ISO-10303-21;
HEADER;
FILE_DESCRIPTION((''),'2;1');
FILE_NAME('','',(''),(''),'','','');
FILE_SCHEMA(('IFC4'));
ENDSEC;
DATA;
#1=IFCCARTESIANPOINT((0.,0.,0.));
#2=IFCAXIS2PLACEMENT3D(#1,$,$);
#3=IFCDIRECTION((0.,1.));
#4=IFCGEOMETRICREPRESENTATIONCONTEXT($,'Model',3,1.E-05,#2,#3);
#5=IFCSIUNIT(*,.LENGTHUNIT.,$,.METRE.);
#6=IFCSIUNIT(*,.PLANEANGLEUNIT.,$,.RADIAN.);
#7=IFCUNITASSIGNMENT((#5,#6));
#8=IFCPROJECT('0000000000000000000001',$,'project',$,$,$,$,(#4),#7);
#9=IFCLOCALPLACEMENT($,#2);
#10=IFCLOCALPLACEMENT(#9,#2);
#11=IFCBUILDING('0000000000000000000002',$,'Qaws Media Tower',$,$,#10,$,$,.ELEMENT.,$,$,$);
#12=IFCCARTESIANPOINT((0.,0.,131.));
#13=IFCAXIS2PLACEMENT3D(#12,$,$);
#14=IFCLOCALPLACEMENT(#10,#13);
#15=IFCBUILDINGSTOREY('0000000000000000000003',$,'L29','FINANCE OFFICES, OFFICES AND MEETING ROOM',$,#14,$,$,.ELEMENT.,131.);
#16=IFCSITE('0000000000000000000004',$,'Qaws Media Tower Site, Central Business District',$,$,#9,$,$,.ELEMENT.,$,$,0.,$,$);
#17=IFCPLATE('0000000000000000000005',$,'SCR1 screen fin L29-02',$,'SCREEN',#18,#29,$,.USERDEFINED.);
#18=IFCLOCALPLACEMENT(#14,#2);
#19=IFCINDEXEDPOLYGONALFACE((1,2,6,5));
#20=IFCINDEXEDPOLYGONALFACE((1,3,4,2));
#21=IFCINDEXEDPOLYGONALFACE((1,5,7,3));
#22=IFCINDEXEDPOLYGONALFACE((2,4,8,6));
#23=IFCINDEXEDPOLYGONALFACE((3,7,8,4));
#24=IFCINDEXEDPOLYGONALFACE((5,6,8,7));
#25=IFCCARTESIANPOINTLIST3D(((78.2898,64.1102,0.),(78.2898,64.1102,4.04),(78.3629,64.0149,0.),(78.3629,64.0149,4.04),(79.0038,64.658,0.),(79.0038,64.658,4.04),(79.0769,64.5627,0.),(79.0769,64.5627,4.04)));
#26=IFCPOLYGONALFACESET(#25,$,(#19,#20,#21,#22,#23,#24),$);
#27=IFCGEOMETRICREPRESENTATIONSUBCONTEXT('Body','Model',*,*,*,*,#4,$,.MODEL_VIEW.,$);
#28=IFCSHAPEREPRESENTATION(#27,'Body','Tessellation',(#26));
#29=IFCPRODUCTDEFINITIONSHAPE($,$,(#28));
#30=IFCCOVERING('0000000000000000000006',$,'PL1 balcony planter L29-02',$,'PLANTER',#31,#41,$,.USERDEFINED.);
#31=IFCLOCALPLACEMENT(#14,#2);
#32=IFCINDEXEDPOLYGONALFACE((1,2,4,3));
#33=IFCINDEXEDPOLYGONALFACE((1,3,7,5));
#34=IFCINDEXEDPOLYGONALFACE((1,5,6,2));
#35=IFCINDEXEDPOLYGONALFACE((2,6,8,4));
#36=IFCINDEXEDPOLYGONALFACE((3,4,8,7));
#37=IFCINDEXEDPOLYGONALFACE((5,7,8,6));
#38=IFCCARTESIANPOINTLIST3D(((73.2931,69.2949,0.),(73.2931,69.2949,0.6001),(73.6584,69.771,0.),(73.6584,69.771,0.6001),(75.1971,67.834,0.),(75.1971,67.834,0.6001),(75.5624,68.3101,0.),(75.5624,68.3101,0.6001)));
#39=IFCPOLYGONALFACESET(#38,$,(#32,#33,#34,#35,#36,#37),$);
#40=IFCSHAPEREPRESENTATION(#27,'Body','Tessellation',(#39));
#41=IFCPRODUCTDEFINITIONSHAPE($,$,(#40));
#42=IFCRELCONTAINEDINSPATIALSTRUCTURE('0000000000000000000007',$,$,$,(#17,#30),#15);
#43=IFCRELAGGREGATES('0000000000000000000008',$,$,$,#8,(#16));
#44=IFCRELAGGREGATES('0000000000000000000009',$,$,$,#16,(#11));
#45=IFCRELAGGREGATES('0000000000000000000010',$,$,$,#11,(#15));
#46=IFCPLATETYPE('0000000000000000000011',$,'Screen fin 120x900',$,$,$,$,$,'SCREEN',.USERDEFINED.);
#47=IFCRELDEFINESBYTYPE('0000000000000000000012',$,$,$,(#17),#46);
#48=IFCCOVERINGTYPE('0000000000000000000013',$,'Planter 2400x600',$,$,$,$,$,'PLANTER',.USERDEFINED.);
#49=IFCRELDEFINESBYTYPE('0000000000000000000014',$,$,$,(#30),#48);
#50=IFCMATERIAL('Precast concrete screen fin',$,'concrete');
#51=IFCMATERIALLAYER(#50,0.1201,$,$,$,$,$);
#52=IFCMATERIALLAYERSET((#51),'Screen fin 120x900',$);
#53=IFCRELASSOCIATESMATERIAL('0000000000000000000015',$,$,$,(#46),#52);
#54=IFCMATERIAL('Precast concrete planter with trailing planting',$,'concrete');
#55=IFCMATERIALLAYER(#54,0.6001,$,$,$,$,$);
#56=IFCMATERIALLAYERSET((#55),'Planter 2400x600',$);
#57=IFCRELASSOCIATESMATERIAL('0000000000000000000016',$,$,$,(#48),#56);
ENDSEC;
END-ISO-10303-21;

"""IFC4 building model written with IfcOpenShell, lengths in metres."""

from ifc_helpers import new_model, si_unit, direction, frame, origin, origin_2d, place, context, subcontext, project, spatial, rectangle, extrude, material, layer, layer_set, type_object, element, save


model = new_model("IFC4")

# Units and contexts
model_context = context("Model", 3, precision=1e-05, world=origin(), true_north=direction((0.0, 1.0)))
body_context = subcontext(model_context, "Body", "Model", "MODEL_VIEW")
ifc_project = project(units=[si_unit("LENGTHUNIT", "METRE"), si_unit("PLANEANGLEUNIT", "RADIAN")], contexts=[model_context])

# Site, building, storey
site_placement = place(None, origin())
site = spatial("IfcSite", under=ifc_project, at=site_placement, Name="Qaws Media Tower Site, Central Business District", CompositionType="ELEMENT", RefElevation=0.0)
building_placement = place(site_placement, origin())
building = spatial("IfcBuilding", under=site, at=building_placement, Name="Qaws Media Tower", CompositionType="ELEMENT")
storey_placement = place(building_placement, frame((0.0, 0.0, 131.0)))
storey = spatial("IfcBuildingStorey", under=building, at=storey_placement, Name="L29", Description="FINANCE OFFICES, OFFICES AND MEETING ROOM", CompositionType="ELEMENT", Elevation=131.0)

# Plate
ifc_material_1 = material(Name="Precast concrete screen fin", Category="concrete")
ifc_layer_1 = layer(ifc_material_1, 0.1201)
ifc_layer_set_1 = layer_set([ifc_layer_1], Name="Screen fin 120x900")
plate_type_1 = type_object("IfcPlateType", Name="Screen fin 120x900", ElementType="SCREEN", PredefinedType="USERDEFINED", material=ifc_layer_set_1)
plate_1_placement = place(storey_placement, frame((78.6833, 64.3364, 0.0), z_axis=(0.0, 0.0, 1.0), x_axis=(0.793353, 0.608761, 0.0)))
element("IfcPlate", 1, at=plate_1_placement, inside=storey, type_object=plate_type_1, Name="SCR1 screen fin L29-02", ObjectType="SCREEN", PredefinedType="USERDEFINED", context=body_context, shape_type="SweptSolid", body=[
    extrude(rectangle(XDim=0.8999, YDim=0.1201, at=origin_2d()), origin(), (0.0, 0.0, 1.0), 4.04),
])

# Covering
ifc_material_2 = material(Name="Precast concrete planter with trailing planting", Category="concrete")
ifc_layer_2 = layer(ifc_material_2, 0.6001)
ifc_layer_set_2 = layer_set([ifc_layer_2], Name="Planter 2400x600")
covering_type = type_object("IfcCoveringType", Name="Planter 2400x600", ElementType="PLANTER", PredefinedType="USERDEFINED", material=ifc_layer_set_2)
covering_placement = place(storey_placement, frame((74.4277, 68.8025, 0.0), z_axis=(0.0, 0.0, 1.0), x_axis=(-0.793353, 0.608761, 0.0)))
element("IfcCovering", 2, at=covering_placement, inside=storey, type_object=covering_type, Name="PL1 balcony planter L29-02", ObjectType="PLANTER", PredefinedType="USERDEFINED", context=body_context, shape_type="SweptSolid", body=[
    extrude(rectangle(XDim=2.3999, YDim=0.6001, at=origin_2d()), origin(), (0.0, 0.0, 1.0), 0.6001),
])

save(model, "model.ifc")
